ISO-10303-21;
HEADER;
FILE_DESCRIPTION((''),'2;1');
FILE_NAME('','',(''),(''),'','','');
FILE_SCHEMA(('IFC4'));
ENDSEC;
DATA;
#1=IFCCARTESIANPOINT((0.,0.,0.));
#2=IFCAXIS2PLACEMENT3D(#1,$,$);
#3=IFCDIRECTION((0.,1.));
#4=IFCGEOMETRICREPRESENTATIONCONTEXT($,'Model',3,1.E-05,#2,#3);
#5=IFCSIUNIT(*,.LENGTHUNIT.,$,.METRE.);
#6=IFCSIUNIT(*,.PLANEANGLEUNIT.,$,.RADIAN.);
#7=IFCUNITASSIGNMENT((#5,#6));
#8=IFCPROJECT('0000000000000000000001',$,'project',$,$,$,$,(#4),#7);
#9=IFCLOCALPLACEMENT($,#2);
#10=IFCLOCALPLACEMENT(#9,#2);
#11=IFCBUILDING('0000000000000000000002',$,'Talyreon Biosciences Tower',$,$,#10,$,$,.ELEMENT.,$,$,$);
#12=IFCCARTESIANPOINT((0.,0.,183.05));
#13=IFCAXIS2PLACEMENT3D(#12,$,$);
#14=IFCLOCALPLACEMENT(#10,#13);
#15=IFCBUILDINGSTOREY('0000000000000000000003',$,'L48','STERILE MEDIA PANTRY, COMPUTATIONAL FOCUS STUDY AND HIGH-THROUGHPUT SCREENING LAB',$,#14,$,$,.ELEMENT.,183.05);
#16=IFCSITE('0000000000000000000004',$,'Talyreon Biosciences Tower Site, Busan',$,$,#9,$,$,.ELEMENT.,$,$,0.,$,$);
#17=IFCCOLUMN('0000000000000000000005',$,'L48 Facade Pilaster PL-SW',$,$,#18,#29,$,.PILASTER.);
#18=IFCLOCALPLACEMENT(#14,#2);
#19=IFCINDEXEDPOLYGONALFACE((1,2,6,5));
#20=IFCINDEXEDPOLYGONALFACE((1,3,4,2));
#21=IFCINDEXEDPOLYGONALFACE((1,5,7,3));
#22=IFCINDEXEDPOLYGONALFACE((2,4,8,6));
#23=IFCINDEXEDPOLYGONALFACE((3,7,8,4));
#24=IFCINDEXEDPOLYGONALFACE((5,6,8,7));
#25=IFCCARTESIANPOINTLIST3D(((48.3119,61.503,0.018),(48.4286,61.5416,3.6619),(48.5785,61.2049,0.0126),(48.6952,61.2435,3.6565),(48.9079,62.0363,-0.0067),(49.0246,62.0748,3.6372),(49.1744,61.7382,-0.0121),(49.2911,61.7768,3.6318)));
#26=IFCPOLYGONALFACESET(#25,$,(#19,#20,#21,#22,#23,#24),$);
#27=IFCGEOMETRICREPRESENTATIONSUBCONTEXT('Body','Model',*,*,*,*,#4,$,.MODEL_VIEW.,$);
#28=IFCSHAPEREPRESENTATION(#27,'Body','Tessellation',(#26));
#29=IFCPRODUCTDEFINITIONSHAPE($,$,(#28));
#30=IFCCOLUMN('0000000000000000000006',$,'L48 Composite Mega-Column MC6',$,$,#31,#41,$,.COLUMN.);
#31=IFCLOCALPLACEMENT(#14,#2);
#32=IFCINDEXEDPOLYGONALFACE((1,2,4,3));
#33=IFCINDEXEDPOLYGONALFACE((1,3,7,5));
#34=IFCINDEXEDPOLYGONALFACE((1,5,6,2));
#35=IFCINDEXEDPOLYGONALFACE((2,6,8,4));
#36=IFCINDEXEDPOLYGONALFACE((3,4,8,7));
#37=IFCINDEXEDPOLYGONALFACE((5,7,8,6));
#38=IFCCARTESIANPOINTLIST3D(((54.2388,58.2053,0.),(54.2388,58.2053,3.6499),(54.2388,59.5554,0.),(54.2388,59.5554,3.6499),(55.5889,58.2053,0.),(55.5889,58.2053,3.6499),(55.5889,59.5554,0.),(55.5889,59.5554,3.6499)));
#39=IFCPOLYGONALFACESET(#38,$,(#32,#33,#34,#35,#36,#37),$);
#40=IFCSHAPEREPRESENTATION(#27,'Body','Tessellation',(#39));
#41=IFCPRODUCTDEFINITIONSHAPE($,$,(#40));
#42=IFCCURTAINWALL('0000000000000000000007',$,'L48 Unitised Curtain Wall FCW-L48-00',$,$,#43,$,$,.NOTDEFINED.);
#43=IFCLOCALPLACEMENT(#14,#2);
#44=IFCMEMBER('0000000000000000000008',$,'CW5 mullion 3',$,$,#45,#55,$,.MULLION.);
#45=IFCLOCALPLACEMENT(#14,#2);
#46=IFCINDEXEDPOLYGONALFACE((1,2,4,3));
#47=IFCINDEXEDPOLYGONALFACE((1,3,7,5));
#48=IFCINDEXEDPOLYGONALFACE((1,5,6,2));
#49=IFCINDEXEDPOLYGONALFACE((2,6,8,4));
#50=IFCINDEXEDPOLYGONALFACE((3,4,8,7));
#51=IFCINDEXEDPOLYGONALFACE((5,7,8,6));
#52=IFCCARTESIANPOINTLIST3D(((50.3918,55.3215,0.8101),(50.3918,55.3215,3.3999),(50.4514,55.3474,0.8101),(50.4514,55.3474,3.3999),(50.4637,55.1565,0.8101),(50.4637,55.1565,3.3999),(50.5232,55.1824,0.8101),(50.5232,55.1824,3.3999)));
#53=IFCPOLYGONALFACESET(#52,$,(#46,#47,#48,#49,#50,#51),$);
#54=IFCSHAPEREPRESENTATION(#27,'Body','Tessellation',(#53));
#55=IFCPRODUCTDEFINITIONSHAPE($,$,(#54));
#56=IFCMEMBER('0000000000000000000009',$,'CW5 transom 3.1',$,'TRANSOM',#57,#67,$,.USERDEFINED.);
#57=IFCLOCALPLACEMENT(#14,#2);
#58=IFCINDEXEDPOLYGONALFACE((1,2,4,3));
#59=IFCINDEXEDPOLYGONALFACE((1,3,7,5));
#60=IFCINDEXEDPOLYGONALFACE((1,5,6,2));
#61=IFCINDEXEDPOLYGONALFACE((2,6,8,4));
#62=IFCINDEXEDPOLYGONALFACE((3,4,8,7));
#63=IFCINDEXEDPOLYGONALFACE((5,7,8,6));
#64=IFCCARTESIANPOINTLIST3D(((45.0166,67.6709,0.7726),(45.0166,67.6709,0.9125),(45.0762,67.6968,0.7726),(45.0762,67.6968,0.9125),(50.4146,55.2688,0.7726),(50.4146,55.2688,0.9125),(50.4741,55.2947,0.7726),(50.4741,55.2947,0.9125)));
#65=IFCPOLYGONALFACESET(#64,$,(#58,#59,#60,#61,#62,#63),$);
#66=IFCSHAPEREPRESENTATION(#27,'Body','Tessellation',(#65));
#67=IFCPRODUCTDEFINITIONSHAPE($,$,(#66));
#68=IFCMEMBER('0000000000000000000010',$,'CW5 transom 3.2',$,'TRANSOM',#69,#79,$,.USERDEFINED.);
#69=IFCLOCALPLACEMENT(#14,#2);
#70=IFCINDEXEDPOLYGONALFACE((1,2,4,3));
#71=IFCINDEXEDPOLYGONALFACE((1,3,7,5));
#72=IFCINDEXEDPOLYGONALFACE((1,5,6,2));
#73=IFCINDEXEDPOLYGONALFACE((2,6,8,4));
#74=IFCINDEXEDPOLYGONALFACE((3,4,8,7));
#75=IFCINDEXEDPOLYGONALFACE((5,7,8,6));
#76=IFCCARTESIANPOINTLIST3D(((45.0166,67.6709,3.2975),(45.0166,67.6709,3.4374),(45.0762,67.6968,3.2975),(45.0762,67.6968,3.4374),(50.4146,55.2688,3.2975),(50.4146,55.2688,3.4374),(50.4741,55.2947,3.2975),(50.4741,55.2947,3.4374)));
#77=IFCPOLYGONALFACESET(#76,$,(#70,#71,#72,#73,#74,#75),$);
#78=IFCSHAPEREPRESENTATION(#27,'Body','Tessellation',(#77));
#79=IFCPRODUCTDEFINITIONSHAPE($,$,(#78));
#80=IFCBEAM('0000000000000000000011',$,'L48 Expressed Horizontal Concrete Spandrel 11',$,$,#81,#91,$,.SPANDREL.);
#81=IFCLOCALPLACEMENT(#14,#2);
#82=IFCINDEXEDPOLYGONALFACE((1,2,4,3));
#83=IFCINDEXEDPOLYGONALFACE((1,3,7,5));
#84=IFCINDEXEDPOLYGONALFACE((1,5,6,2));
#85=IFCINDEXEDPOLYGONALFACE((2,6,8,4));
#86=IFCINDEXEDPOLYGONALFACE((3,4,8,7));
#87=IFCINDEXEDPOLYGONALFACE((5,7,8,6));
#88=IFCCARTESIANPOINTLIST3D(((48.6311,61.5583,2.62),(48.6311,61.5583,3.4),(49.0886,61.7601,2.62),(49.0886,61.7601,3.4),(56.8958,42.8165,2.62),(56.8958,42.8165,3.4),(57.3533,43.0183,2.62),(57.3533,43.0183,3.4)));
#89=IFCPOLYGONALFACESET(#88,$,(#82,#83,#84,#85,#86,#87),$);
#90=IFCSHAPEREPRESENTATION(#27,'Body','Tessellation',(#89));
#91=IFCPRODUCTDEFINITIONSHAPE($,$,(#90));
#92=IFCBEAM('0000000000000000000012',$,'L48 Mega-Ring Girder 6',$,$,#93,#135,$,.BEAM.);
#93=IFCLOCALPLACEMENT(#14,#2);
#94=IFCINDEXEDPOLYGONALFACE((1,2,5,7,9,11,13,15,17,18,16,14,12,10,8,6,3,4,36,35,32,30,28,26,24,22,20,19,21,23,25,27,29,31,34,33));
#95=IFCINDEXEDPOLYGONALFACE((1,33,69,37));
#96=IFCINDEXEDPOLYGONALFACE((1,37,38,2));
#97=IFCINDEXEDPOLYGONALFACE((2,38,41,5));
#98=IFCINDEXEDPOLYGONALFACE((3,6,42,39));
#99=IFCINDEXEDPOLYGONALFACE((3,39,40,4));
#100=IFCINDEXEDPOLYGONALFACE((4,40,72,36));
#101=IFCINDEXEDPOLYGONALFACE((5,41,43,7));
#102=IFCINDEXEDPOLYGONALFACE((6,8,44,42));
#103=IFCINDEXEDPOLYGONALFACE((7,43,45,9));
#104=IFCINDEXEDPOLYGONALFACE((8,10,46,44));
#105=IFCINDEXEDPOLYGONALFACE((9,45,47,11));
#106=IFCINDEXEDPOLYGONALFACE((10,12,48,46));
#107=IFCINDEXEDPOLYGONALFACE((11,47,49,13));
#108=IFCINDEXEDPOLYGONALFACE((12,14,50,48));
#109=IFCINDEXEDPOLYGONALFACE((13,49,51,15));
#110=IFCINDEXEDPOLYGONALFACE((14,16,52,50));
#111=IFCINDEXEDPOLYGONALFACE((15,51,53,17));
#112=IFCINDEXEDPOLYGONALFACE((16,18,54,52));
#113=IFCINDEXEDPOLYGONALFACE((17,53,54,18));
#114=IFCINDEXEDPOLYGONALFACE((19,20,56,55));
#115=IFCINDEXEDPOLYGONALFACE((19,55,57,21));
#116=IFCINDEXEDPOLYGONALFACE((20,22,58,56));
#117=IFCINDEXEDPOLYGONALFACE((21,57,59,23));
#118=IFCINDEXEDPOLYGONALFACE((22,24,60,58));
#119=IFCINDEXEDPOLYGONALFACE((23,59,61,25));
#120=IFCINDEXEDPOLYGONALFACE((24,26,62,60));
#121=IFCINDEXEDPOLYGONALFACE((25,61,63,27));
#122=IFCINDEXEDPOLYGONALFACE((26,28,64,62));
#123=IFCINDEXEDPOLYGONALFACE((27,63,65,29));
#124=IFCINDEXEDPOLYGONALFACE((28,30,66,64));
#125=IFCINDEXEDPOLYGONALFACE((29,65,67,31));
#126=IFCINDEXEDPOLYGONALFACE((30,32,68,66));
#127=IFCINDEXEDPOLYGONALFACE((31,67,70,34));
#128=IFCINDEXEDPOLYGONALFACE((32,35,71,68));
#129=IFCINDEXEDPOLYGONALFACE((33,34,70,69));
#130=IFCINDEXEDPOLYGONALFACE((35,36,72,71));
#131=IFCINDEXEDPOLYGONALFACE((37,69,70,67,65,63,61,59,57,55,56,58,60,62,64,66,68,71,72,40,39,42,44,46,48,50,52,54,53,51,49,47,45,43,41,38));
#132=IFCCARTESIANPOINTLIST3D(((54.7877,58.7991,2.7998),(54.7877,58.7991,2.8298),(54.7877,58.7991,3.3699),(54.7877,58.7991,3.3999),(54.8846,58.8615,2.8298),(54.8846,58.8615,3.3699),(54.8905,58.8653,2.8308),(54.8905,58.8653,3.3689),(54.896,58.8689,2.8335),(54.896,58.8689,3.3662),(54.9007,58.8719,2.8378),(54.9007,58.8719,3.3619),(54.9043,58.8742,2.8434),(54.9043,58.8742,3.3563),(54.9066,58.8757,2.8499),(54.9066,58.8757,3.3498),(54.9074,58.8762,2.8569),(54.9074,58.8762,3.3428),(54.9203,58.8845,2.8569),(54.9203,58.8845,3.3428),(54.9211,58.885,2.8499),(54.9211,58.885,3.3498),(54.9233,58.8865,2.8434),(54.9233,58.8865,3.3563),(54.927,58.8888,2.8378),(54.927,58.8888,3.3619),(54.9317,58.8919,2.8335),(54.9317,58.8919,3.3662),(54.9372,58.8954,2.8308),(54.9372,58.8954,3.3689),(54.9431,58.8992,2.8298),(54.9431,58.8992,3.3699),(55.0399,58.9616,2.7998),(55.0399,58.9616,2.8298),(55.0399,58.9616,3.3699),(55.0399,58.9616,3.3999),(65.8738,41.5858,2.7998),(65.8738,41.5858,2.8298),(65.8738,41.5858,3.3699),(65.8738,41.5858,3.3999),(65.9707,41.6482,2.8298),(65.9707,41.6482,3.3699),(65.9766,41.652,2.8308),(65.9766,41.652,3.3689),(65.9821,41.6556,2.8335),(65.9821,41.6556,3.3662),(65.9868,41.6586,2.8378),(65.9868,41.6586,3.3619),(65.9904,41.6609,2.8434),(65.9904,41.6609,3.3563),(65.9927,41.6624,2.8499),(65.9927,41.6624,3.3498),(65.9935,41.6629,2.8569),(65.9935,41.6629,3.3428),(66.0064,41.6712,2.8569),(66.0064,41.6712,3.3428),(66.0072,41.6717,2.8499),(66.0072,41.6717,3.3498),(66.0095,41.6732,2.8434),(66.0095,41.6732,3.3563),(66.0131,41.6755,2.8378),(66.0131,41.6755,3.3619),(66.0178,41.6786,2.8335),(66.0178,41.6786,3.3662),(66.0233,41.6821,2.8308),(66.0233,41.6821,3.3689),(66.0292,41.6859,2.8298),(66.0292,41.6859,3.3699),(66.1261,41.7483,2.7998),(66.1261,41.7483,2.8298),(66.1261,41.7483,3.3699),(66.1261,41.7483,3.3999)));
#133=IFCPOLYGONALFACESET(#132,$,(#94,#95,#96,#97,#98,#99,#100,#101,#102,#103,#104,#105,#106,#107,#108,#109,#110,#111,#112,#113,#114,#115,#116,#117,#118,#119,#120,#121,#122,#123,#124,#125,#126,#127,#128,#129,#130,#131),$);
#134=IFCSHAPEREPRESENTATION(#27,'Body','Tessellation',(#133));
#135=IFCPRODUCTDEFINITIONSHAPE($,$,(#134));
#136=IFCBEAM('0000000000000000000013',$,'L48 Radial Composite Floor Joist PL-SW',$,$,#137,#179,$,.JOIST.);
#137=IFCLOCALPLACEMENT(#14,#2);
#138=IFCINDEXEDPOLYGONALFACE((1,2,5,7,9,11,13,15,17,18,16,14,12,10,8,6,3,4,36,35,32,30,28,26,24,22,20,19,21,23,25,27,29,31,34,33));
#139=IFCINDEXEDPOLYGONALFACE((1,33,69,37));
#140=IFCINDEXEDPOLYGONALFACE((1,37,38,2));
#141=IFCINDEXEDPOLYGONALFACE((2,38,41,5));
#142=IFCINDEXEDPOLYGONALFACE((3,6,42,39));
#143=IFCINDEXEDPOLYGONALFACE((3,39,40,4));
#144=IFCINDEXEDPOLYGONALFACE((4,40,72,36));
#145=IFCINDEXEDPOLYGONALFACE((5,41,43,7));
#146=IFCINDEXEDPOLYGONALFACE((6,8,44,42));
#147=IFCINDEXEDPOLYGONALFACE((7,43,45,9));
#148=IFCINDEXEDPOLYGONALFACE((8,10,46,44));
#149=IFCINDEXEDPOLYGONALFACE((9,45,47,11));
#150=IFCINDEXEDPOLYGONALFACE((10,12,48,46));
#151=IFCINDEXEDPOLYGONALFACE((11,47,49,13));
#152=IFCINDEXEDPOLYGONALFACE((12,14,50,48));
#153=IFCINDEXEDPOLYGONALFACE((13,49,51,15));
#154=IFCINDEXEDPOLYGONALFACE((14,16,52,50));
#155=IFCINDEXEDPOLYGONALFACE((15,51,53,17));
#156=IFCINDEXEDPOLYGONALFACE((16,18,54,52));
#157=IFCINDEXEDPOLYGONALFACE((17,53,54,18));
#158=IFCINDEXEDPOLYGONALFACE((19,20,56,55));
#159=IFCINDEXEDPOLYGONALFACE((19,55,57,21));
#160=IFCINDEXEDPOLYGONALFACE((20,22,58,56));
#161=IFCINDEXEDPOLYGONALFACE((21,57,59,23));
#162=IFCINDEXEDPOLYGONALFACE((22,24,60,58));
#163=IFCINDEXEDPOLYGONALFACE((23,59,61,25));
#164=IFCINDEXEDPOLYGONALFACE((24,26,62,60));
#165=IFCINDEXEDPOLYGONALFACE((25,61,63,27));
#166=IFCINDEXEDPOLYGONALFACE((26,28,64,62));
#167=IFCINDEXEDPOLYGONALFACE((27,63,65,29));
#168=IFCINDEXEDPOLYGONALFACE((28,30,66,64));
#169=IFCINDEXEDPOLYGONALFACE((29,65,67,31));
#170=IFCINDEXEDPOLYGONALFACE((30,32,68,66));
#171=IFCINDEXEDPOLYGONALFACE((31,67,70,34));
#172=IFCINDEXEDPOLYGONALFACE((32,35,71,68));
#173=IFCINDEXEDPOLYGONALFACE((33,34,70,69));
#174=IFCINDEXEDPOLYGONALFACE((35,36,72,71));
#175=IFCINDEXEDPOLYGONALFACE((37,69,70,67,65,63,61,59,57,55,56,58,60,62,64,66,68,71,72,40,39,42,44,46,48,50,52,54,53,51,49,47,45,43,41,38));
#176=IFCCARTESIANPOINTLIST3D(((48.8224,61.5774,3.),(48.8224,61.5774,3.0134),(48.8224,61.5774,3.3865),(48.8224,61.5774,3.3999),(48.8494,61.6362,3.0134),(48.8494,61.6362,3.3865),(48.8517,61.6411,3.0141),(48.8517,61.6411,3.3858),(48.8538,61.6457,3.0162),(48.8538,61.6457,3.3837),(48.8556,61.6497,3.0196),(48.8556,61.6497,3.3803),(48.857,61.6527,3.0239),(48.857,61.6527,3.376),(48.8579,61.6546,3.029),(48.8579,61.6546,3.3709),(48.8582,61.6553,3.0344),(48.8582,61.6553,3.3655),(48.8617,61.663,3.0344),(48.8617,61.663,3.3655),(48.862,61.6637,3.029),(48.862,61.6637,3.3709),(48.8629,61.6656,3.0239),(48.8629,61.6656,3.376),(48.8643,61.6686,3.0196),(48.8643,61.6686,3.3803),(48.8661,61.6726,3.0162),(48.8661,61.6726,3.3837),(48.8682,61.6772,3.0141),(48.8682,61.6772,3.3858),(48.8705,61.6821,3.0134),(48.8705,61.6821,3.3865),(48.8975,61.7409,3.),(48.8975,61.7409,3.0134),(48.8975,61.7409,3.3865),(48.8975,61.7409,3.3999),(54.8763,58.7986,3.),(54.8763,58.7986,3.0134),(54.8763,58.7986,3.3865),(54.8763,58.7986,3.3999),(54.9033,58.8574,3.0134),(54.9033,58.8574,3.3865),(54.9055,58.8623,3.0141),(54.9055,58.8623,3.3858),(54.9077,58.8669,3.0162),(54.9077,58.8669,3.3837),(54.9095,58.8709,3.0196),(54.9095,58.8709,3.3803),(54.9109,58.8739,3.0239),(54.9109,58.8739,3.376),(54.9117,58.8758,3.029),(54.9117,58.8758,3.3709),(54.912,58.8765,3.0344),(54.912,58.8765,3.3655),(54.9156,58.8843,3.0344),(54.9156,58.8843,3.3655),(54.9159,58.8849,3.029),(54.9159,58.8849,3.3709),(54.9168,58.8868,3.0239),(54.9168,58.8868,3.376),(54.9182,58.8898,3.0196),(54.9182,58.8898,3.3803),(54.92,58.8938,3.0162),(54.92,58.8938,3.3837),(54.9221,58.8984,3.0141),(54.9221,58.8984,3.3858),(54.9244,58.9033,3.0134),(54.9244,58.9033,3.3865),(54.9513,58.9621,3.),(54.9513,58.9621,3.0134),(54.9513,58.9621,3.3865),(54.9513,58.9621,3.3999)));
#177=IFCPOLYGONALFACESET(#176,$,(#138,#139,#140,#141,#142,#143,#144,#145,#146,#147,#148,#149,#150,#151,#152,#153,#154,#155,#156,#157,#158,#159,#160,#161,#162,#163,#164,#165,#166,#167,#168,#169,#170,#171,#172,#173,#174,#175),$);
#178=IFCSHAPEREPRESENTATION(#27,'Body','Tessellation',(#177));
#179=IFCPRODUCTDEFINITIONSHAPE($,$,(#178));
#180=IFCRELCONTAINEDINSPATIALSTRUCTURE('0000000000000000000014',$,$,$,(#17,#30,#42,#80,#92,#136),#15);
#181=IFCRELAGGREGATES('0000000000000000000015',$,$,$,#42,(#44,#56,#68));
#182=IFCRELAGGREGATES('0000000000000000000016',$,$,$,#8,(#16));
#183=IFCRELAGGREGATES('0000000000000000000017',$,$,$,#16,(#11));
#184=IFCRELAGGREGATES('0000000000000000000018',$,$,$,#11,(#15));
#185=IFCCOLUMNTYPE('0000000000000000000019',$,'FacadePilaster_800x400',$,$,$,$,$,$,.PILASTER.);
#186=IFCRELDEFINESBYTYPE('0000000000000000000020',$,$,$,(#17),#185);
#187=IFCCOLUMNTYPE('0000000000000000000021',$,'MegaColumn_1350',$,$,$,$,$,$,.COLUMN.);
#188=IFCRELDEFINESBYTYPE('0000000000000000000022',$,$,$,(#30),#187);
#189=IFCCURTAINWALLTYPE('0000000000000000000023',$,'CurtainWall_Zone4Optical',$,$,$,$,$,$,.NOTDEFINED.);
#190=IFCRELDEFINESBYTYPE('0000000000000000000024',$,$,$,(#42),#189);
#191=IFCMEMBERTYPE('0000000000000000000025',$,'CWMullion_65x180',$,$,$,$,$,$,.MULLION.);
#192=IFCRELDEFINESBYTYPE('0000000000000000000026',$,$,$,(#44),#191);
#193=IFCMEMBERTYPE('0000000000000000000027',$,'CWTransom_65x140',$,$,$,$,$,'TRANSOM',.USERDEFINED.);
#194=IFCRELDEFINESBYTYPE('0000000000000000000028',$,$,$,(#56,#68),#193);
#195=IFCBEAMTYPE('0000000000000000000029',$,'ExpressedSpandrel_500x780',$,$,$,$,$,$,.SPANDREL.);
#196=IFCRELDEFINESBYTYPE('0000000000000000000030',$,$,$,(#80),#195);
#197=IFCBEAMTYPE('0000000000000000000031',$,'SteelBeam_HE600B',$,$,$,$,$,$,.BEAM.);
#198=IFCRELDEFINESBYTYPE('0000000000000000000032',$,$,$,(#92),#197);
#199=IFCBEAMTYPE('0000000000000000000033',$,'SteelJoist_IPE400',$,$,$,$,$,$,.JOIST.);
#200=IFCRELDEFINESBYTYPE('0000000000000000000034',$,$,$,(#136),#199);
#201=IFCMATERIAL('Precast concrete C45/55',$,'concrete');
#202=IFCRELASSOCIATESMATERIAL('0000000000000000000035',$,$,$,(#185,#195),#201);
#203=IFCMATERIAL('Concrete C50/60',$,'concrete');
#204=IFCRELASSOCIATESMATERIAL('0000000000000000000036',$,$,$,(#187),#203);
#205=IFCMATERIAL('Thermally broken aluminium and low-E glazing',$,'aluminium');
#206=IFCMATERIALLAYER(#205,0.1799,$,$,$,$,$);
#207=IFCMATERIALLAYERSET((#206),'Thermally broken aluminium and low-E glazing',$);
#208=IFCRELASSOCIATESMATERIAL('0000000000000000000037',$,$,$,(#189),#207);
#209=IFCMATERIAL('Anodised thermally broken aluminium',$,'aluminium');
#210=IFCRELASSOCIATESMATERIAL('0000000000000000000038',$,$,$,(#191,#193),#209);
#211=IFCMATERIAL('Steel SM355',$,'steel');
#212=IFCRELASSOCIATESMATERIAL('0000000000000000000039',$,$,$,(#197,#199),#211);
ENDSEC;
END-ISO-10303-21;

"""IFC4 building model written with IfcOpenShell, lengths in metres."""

from ifc_helpers import new_model, si_unit, direction, frame, origin, origin_2d, place, context, subcontext, project, spatial, rectangle, i_section, extrude, material, layer, layer_set, material_profile, profile_set, type_object, element, aggregate, save


model = new_model("IFC4")

# Units and contexts
model_context = context("Model", 3, precision=1e-05, world=origin(), true_north=direction((0.0, 1.0)))
body_context = subcontext(model_context, "Body", "Model", "MODEL_VIEW")
ifc_project = project(units=[si_unit("LENGTHUNIT", "METRE"), si_unit("PLANEANGLEUNIT", "RADIAN")], contexts=[model_context])

# Site, building, storey
site_placement = place(None, origin())
site = spatial("IfcSite", under=ifc_project, at=site_placement, Name="Talyreon Biosciences Tower Site, Busan", CompositionType="ELEMENT", RefElevation=0.0)
building_placement = place(site_placement, origin())
building = spatial("IfcBuilding", under=site, at=building_placement, Name="Talyreon Biosciences Tower", CompositionType="ELEMENT")
storey_placement = place(building_placement, frame((0.0, 0.0, 183.05)))
storey = spatial("IfcBuildingStorey", under=building, at=storey_placement, Name="L48", Description="STERILE MEDIA PANTRY, COMPUTATIONAL FOCUS STUDY AND HIGH-THROUGHPUT SCREENING LAB", CompositionType="ELEMENT", Elevation=183.05)

# Columns
ifc_material_1 = material(Name="Precast concrete C45/55", Category="concrete")
ifc_material_profile_1 = material_profile(ifc_material_1, rectangle(XDim=0.8, YDim=0.3999, at=origin_2d()), Name="RC 800x400")
ifc_profile_set_1 = profile_set([ifc_material_profile_1], Name="Precast concrete C45/55")
column_type_1 = type_object("IfcColumnType", Name="FacadePilaster_800x400", PredefinedType="PILASTER", material=ifc_profile_set_1)
column_1_placement = place(storey_placement, frame((48.7432, 61.6206, 0.0029), z_axis=(0.032006, 0.01058, 0.999432), x_axis=(0.744842, 0.666525, -0.030909)))
element("IfcColumn", 1, at=column_1_placement, inside=storey, type_object=column_type_1, Name="L48 Facade Pilaster PL-SW", PredefinedType="PILASTER", context=body_context, shape_type="SweptSolid", body=[
    extrude(rectangle(XDim=0.8, YDim=0.3999, at=origin_2d()), origin(), (0.0, 0.0, 1.0), 3.646),
])
ifc_material_2 = material(Name="Concrete C50/60", Category="concrete")
ifc_material_profile_2 = material_profile(ifc_material_2, rectangle(XDim=1.3501, YDim=1.3501, at=origin_2d()), Name="RC 1350x1350")
ifc_profile_set_2 = profile_set([ifc_material_profile_2], Name="Concrete C50/60")
column_type_2 = type_object("IfcColumnType", Name="MegaColumn_1350", PredefinedType="COLUMN", material=ifc_profile_set_2)
column_2_placement = place(storey_placement, frame((54.9138, 58.8804, 0.0), z_axis=(0.0, 0.0, 1.0), x_axis=(1.0, 0.0, 0.0)))
element("IfcColumn", 2, at=column_2_placement, inside=storey, type_object=column_type_2, Name="L48 Composite Mega-Column MC6", PredefinedType="COLUMN", context=body_context, shape_type="SweptSolid", body=[
    extrude(rectangle(XDim=1.3501, YDim=1.3501, at=origin_2d()), origin(), (0.0, 0.0, 1.0), 3.6499),
])

# Curtain wall, members
ifc_material_3 = material(Name="Thermally broken aluminium and low-E glazing", Category="aluminium")
ifc_layer_1 = layer(ifc_material_3, 0.1799)
ifc_layer_set_1 = layer_set([ifc_layer_1], Name="Thermally broken aluminium and low-E glazing")
curtain_wall_type = type_object("IfcCurtainWallType", Name="CurtainWall_Zone4Optical", PredefinedType="NOTDEFINED", material=ifc_layer_set_1)
curtain_wall_placement = place(storey_placement, origin())
curtain_wall = element("IfcCurtainWall", 3, at=curtain_wall_placement, inside=storey, type_object=curtain_wall_type, Name="L48 Unitised Curtain Wall FCW-L48-00", PredefinedType="NOTDEFINED")
ifc_material_4 = material(Name="Anodised thermally broken aluminium", Category="aluminium")
ifc_material_profile_3 = material_profile(ifc_material_4, rectangle(XDim=0.0649, YDim=0.1799, at=origin_2d()), Name="ALUM MULLION 65x180")
ifc_profile_set_3 = profile_set([ifc_material_profile_3], Name="Anodised thermally broken aluminium")
member_type_1 = type_object("IfcMemberType", Name="CWMullion_65x180", PredefinedType="MULLION", material=ifc_profile_set_3)
member_1_placement = place(storey_placement, frame((50.4575, 55.252, 0.8101), z_axis=(0.0, 0.0, 1.0), x_axis=(-0.916912, -0.399089, 0.0)))
member_1 = element("IfcMember", 4, at=member_1_placement, type_object=member_type_1, Name="CW5 mullion 3", PredefinedType="MULLION", context=body_context, shape_type="SweptSolid", body=[
    extrude(rectangle(XDim=0.0649, YDim=0.1799, at=origin_2d()), origin(), (0.0, 0.0, 1.0), 2.5898),
])
ifc_material_profile_4 = material_profile(ifc_material_4, rectangle(XDim=0.0649, YDim=0.1399, at=origin_2d()), Name="ALUM TRANSOM 65x140")
ifc_profile_set_4 = profile_set([ifc_material_profile_4], Name="Anodised thermally broken aluminium")
member_type_2 = type_object("IfcMemberType", Name="CWTransom_65x140", ElementType="TRANSOM", PredefinedType="USERDEFINED", material=ifc_profile_set_4)
member_2_placement = place(storey_placement, frame((50.4443, 55.2817, 0.8425), z_axis=(-0.399082, 0.916915, 0.0), x_axis=(-0.916915, -0.399082, 0.0)))
member_2 = element("IfcMember", 5, at=member_2_placement, type_object=member_type_2, Name="CW5 transom 3.1", ObjectType="TRANSOM", PredefinedType="USERDEFINED", context=body_context, shape_type="SweptSolid", body=[
    extrude(rectangle(XDim=0.0649, YDim=0.1399, at=origin_2d()), origin(), (0.0, 0.0, 1.0), 13.5259),
])
member_3_placement = place(storey_placement, frame((50.4443, 55.2817, 3.3674), z_axis=(-0.399082, 0.916915, 0.0), x_axis=(-0.916915, -0.399082, 0.0)))
member_3 = element("IfcMember", 6, at=member_3_placement, type_object=member_type_2, Name="CW5 transom 3.2", ObjectType="TRANSOM", PredefinedType="USERDEFINED", context=body_context, shape_type="SweptSolid", body=[
    extrude(rectangle(XDim=0.0649, YDim=0.1399, at=origin_2d()), origin(), (0.0, 0.0, 1.0), 13.5259),
])

# Beams
ifc_material_profile_5 = material_profile(ifc_material_1, rectangle(XDim=0.5, YDim=0.78, at=origin_2d()), Name="RCB 500x780")
ifc_profile_set_5 = profile_set([ifc_material_profile_5], Name="Precast concrete C45/55")
beam_type_1 = type_object("IfcBeamType", Name="ExpressedSpandrel_500x780", PredefinedType="SPANDREL", material=ifc_profile_set_5)
beam_1_placement = place(storey_placement, frame((48.8599, 61.6592, 3.01), z_axis=(0.403487, -0.914985, 0.0), x_axis=(0.914985, 0.403487, 0.0)))
element("IfcBeam", 7, at=beam_1_placement, inside=storey, type_object=beam_type_1, Name="L48 Expressed Horizontal Concrete Spandrel 11", PredefinedType="SPANDREL", context=body_context, shape_type="SweptSolid", body=[
    extrude(rectangle(XDim=0.5, YDim=0.78, at=origin_2d()), origin(), (0.0, 0.0, 1.0), 20.4832),
])
ifc_material_5 = material(Name="Steel SM355", Category="steel")
ifc_material_profile_6 = material_profile(ifc_material_5, i_section(OverallWidth=0.3, OverallDepth=0.6001, WebThickness=0.0154, FlangeThickness=0.03, FilletRadius=0.0271, at=origin_2d()), Name="HE600B")
ifc_profile_set_6 = profile_set([ifc_material_profile_6], Name="Steel SM355")
beam_type_2 = type_object("IfcBeamType", Name="SteelBeam_HE600B", PredefinedType="BEAM", material=ifc_profile_set_6)
beam_2_placement = place(storey_placement, frame((54.9138, 58.8804, 3.0999), z_axis=(0.541464, -0.840724, 0.0), x_axis=(0.840724, 0.541464, 0.0)))
element("IfcBeam", 8, at=beam_2_placement, inside=storey, type_object=beam_type_2, Name="L48 Mega-Ring Girder 6", PredefinedType="BEAM", context=body_context, shape_type="SweptSolid", body=[
    extrude(i_section(OverallWidth=0.3, OverallDepth=0.6001, WebThickness=0.0154, FlangeThickness=0.03, FilletRadius=0.0271, at=origin_2d()), origin(), (0.0, 0.0, 1.0), 20.4744),
])
ifc_material_profile_7 = material_profile(ifc_material_5, i_section(OverallWidth=0.1799, OverallDepth=0.3999, WebThickness=0.0085, FlangeThickness=0.0134, FilletRadius=0.021, at=origin_2d()), Name="IPE400")
ifc_profile_set_7 = profile_set([ifc_material_profile_7], Name="Steel SM355")
beam_type_3 = type_object("IfcBeamType", Name="SteelJoist_IPE400", PredefinedType="JOIST", material=ifc_profile_set_7)
beam_3_placement = place(storey_placement, frame((54.9138, 58.8804, 3.2), z_axis=(-0.908833, 0.417161, 0.0), x_axis=(-0.417161, -0.908833, 0.0)))
element("IfcBeam", 9, at=beam_3_placement, inside=storey, type_object=beam_type_3, Name="L48 Radial Composite Floor Joist PL-SW", PredefinedType="JOIST", context=body_context, shape_type="SweptSolid", body=[
    extrude(i_section(OverallWidth=0.1799, OverallDepth=0.3999, WebThickness=0.0085, FlangeThickness=0.0134, FilletRadius=0.021, at=origin_2d()), origin(), (0.0, 0.0, 1.0), 6.6611),
])

aggregate(curtain_wall, [member_1, member_2, member_3])

save(model, "model.ifc")
